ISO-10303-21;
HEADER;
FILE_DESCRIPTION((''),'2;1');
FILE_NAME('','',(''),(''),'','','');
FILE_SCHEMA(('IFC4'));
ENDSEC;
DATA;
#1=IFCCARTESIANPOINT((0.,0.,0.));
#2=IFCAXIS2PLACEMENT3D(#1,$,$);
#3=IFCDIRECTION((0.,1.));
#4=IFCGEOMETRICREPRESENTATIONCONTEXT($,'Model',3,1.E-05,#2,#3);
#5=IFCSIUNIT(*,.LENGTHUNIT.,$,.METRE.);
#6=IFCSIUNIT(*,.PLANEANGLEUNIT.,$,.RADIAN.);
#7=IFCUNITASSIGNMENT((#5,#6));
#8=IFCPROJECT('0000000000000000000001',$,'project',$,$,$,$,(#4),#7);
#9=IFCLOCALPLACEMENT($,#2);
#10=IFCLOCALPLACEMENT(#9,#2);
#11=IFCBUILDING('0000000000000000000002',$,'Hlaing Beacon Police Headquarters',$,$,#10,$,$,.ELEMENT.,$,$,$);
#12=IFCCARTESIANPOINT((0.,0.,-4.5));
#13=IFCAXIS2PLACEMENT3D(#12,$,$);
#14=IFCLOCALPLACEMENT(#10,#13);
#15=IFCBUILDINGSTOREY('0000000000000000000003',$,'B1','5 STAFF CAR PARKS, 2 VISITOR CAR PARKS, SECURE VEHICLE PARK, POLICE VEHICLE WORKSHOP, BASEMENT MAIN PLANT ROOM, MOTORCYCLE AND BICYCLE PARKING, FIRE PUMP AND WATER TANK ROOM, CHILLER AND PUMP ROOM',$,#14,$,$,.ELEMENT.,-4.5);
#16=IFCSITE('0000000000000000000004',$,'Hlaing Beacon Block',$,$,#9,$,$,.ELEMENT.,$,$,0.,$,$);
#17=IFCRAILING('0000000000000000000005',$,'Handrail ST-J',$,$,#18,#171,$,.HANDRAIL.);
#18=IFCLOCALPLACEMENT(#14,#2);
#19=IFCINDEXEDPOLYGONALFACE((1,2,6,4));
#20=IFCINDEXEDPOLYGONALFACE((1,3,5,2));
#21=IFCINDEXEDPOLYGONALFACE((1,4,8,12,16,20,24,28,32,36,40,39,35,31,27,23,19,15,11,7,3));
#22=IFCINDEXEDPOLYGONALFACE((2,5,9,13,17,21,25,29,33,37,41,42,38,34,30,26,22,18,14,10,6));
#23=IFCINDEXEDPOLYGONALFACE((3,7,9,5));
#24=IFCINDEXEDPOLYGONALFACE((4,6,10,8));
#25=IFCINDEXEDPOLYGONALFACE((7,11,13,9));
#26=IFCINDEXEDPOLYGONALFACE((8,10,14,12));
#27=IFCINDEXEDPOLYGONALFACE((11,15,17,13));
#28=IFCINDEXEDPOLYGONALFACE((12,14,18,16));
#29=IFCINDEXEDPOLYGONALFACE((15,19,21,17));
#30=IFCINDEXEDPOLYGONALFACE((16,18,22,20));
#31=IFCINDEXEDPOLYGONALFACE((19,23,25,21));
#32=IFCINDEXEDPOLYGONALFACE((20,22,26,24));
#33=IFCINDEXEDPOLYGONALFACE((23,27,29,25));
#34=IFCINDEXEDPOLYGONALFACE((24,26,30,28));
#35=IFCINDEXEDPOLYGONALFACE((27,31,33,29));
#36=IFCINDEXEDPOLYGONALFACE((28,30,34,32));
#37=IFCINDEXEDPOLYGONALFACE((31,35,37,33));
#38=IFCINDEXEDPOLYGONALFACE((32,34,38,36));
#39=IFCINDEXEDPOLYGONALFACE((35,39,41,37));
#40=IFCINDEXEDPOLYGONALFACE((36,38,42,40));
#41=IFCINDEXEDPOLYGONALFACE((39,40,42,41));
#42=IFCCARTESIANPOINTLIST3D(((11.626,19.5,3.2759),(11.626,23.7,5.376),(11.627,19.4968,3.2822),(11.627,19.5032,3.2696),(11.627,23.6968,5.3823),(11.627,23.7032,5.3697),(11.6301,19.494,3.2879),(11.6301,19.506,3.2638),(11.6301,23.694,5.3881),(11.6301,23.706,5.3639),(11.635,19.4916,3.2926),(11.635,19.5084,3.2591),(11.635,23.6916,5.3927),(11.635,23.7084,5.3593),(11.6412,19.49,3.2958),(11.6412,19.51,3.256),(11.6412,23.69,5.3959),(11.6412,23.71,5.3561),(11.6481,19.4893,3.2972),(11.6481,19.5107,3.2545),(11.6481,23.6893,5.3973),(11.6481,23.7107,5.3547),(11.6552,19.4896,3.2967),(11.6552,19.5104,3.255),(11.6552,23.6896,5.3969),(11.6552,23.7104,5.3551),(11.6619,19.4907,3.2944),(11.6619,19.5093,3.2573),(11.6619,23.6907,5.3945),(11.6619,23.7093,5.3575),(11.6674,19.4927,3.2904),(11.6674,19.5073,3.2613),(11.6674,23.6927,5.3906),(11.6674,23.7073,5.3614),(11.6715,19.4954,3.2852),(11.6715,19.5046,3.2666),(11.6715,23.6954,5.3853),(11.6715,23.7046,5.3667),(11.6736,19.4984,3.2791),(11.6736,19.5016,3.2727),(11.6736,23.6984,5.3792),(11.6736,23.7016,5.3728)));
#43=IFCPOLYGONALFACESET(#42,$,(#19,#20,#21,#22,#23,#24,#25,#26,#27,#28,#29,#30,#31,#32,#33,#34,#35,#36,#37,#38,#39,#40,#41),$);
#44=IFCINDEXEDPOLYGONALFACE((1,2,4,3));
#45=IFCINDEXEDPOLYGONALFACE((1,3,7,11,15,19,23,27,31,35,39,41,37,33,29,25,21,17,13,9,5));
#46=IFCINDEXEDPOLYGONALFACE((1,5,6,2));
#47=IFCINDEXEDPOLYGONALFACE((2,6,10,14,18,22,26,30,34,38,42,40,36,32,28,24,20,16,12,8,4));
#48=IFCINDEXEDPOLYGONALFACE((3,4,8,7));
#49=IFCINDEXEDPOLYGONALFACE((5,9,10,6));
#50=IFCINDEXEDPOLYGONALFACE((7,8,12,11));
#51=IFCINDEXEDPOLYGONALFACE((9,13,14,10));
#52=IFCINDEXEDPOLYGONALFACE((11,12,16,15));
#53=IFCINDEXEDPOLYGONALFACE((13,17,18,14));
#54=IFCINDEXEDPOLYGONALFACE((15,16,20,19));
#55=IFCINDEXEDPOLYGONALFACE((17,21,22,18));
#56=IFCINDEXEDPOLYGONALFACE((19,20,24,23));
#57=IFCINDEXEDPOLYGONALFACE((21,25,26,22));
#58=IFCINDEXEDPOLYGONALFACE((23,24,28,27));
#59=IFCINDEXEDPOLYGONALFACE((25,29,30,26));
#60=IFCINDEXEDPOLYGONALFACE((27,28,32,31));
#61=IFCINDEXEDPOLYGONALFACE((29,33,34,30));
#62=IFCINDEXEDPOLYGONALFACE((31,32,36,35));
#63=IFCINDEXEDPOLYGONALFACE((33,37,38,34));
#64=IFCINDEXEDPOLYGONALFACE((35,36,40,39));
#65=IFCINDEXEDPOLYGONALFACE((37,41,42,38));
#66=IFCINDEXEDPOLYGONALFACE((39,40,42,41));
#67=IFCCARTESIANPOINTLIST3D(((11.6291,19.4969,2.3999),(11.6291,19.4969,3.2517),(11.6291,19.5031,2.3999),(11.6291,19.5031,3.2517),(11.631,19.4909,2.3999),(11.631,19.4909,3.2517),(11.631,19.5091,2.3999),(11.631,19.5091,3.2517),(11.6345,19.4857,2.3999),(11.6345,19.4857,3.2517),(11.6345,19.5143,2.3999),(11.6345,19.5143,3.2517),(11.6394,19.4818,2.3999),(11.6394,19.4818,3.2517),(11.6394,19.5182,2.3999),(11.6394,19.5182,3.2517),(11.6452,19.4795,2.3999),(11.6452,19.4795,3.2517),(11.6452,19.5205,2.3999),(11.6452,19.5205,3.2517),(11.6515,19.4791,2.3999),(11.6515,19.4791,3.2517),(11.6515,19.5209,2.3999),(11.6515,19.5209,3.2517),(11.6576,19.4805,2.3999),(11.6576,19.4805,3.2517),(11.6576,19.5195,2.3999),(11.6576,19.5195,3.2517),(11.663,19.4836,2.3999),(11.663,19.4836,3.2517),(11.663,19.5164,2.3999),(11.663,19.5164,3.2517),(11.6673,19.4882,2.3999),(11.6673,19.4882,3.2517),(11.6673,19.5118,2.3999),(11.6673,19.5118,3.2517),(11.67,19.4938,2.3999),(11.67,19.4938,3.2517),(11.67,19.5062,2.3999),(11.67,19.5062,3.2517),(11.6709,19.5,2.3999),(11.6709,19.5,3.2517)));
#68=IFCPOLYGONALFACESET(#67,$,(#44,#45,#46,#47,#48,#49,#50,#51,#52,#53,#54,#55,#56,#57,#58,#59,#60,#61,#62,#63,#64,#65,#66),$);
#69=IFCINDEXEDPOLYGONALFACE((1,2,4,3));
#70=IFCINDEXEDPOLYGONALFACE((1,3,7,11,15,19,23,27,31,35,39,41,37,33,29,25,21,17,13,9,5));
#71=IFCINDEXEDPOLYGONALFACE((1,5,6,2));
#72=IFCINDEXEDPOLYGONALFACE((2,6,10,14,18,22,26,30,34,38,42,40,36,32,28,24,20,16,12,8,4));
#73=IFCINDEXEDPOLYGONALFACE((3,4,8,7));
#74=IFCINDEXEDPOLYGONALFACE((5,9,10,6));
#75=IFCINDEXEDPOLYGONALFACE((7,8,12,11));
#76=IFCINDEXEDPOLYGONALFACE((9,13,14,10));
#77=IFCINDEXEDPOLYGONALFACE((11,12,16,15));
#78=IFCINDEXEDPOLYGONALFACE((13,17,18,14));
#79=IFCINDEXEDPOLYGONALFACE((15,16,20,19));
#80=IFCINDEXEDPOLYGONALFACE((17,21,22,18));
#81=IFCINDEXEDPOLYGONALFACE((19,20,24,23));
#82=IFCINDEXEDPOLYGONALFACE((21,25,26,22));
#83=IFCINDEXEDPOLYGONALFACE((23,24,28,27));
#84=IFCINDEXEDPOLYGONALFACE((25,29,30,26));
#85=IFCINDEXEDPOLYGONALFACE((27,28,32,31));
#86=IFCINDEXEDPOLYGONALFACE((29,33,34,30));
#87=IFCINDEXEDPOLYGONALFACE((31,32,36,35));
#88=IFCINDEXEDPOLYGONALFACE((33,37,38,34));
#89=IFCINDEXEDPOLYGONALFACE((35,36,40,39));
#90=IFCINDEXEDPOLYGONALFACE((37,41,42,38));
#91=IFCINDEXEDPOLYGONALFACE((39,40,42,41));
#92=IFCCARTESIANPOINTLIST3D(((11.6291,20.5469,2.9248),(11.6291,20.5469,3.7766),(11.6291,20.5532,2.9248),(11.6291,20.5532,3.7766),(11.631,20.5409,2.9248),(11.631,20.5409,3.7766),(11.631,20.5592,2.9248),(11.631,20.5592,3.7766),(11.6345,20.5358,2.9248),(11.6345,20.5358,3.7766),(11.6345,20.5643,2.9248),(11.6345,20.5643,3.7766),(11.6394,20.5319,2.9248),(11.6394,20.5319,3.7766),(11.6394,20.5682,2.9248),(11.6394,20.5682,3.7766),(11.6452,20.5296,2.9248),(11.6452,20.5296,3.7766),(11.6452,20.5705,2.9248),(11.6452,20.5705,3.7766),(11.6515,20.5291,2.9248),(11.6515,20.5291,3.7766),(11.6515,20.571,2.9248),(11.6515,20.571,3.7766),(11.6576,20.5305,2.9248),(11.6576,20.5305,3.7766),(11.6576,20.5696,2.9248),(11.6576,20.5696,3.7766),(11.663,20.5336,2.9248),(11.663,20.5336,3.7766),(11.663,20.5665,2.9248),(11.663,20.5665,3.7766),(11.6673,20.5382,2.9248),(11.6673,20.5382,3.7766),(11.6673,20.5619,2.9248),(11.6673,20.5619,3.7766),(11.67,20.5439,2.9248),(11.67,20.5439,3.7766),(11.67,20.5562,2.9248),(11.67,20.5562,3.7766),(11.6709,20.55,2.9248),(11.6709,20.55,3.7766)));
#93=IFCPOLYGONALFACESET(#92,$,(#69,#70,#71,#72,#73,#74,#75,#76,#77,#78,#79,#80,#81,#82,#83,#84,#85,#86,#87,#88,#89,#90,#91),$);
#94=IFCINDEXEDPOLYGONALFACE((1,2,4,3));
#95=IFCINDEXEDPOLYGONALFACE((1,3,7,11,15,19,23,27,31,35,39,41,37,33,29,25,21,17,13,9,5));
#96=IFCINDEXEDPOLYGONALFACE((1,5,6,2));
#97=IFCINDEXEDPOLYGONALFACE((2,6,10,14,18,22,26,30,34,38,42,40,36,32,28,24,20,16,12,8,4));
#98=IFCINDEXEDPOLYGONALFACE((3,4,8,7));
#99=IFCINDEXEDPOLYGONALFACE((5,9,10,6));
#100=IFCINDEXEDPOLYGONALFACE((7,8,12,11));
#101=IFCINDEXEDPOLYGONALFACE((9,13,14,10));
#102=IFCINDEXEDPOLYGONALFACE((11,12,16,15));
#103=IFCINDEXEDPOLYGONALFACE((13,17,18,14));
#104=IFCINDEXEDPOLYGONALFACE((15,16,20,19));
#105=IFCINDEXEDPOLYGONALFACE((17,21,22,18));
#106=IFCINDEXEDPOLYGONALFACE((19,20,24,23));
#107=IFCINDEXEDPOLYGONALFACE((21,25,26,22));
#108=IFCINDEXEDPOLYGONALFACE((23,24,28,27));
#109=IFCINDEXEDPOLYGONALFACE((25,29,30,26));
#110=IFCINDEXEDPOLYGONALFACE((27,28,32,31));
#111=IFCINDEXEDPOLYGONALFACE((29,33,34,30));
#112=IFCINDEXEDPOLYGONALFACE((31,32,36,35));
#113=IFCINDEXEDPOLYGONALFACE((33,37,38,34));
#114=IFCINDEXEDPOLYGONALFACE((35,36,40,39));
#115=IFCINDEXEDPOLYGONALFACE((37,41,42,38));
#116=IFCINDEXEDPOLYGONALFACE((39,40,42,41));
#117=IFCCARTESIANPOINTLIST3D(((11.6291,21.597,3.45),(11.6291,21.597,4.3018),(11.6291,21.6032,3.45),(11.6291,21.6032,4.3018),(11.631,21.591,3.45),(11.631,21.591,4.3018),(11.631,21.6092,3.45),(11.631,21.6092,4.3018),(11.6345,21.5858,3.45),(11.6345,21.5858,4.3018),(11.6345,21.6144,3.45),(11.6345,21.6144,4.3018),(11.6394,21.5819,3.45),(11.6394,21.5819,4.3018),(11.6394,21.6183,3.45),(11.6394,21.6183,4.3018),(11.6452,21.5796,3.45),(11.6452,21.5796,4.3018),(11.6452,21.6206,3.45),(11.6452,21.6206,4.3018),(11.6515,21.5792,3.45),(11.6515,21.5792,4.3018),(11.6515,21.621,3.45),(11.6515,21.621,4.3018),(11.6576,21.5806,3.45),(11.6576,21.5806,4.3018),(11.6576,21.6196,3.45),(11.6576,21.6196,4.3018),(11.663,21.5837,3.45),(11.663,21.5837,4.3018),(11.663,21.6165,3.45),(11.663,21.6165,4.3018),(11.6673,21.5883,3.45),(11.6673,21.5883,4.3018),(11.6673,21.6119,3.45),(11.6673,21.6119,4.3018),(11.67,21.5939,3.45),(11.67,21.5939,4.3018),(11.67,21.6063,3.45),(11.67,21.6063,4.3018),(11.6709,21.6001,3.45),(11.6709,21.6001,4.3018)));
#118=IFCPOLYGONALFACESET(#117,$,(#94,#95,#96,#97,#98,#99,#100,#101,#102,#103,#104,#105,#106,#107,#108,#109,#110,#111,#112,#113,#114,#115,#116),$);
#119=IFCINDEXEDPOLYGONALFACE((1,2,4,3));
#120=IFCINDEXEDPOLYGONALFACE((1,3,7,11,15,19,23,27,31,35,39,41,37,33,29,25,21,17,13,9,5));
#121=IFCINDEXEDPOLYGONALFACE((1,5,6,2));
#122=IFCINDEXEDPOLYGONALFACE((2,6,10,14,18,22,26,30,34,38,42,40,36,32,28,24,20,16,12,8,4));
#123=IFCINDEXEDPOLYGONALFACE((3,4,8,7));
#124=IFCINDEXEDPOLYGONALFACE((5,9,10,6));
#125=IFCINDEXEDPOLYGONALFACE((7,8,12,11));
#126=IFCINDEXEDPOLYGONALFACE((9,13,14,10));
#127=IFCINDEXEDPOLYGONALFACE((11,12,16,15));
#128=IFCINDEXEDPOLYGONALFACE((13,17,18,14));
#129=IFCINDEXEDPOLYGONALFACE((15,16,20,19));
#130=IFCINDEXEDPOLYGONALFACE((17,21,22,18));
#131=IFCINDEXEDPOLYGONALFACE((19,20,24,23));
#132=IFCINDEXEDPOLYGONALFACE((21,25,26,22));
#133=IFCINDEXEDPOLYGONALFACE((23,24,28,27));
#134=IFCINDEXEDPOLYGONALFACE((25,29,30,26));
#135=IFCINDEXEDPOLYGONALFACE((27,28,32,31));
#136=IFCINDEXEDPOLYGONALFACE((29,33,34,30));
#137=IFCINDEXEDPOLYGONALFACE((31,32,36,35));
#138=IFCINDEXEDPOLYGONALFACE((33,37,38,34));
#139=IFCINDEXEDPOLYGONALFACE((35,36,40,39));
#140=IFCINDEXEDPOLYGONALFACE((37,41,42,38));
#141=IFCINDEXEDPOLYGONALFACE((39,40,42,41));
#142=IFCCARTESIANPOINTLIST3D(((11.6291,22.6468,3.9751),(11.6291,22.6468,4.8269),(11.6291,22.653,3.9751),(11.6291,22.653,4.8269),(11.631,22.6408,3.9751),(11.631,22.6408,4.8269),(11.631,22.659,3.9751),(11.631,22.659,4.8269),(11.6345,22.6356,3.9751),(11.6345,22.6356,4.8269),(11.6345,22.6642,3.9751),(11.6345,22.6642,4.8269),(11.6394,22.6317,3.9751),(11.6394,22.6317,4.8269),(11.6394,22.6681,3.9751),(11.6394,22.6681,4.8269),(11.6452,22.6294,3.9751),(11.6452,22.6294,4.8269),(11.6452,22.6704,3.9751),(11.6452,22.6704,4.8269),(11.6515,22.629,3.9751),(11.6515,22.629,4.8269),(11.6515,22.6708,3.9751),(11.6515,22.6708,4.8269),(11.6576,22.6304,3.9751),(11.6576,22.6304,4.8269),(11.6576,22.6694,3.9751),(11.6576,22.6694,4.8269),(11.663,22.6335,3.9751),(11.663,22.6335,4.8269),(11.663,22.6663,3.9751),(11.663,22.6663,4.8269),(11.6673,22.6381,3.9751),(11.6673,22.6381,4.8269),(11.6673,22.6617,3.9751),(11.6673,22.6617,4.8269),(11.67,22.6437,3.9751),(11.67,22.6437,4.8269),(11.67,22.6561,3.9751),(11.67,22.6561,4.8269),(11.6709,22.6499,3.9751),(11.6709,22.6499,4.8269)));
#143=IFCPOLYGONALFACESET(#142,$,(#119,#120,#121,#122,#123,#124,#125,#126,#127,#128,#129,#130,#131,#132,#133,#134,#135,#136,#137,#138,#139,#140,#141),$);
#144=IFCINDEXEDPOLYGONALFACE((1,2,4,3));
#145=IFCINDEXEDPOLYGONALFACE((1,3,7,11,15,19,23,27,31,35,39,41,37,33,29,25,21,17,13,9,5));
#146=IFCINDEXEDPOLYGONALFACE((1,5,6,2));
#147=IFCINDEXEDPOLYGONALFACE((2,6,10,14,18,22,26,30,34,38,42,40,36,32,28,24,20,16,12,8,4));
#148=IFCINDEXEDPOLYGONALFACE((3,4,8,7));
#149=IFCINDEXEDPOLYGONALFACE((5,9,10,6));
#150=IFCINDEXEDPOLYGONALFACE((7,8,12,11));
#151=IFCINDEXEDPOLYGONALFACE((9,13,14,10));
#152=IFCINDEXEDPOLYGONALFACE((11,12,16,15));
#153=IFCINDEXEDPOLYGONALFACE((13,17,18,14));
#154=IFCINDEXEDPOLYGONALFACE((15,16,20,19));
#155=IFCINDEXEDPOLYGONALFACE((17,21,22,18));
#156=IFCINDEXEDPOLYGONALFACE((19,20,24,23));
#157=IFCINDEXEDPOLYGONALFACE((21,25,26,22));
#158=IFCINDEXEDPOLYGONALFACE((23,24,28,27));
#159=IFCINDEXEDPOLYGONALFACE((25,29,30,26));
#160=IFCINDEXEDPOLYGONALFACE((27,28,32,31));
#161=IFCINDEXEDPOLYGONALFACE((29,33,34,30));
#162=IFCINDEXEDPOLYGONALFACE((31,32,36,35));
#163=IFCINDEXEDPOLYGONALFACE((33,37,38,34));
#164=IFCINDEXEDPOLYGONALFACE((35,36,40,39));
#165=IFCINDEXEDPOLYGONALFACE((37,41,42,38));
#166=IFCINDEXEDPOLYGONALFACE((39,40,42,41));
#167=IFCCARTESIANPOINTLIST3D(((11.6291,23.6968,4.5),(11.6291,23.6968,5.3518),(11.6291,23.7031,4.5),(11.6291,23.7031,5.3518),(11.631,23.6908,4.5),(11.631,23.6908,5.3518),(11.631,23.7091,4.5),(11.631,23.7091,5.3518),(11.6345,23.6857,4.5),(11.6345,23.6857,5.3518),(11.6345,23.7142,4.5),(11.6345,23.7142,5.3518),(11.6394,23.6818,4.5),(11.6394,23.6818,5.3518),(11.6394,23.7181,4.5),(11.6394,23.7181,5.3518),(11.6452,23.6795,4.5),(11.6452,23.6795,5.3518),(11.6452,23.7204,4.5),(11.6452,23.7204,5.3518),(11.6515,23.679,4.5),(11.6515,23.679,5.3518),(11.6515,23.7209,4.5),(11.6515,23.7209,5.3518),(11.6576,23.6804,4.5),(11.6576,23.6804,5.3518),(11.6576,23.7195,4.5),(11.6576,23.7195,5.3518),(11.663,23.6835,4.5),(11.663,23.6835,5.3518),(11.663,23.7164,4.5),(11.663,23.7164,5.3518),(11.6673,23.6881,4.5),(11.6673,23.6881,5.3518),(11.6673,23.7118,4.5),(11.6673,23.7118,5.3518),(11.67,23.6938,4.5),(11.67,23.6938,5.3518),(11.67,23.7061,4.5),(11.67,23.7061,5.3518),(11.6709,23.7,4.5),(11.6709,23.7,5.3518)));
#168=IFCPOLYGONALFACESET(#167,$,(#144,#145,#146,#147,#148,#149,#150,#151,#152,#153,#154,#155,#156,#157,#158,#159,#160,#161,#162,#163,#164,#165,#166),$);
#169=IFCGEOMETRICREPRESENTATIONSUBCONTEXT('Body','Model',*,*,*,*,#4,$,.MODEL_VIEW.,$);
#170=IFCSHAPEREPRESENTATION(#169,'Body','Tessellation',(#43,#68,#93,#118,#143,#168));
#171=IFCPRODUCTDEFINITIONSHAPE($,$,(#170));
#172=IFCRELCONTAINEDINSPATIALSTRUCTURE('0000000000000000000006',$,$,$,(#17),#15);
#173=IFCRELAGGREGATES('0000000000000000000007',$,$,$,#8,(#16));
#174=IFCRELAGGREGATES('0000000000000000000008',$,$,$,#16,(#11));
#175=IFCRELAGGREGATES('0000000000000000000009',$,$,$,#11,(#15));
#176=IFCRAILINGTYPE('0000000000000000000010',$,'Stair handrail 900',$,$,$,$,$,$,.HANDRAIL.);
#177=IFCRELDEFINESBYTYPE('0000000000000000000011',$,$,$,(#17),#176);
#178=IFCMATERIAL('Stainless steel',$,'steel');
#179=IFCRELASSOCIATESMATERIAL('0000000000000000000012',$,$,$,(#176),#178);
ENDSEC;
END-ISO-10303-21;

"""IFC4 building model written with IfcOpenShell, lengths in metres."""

from ifc_helpers import new_model, si_unit, direction, frame, origin, origin_2d, place, context, subcontext, project, spatial, circle, extrude, material, type_object, element, save


model = new_model("IFC4")

# Units and contexts
model_context = context("Model", 3, precision=1e-05, world=origin(), true_north=direction((0.0, 1.0)))
body_context = subcontext(model_context, "Body", "Model", "MODEL_VIEW")
ifc_project = project(units=[si_unit("LENGTHUNIT", "METRE"), si_unit("PLANEANGLEUNIT", "RADIAN")], contexts=[model_context])

# Site, building, storey
site_placement = place(None, origin())
site = spatial("IfcSite", under=ifc_project, at=site_placement, Name="Hlaing Beacon Block", CompositionType="ELEMENT", RefElevation=0.0)
building_placement = place(site_placement, origin())
building = spatial("IfcBuilding", under=site, at=building_placement, Name="Hlaing Beacon Police Headquarters", CompositionType="ELEMENT")
storey_placement = place(building_placement, frame((0.0, 0.0, -4.5)))
storey = spatial("IfcBuildingStorey", under=building, at=storey_placement, Name="B1", Description="5 STAFF CAR PARKS, 2 VISITOR CAR PARKS, SECURE VEHICLE PARK, POLICE VEHICLE WORKSHOP, BASEMENT MAIN PLANT ROOM, MOTORCYCLE AND BICYCLE PARKING, FIRE PUMP AND WATER TANK ROOM, CHILLER AND PUMP ROOM", CompositionType="ELEMENT", Elevation=-4.5)

# Railing
ifc_material_1 = material(Name="Stainless steel", Category="steel")
railing_type = type_object("IfcRailingType", Name="Stair handrail 900", PredefinedType="HANDRAIL", material=ifc_material_1)
for number, where, name in (
    (1, (11.6499, 19.5, 2.3999), "Handrail ST-J"),
):
    element("IfcRailing", number, at=place(storey_placement, frame(where)), inside=storey, type_object=railing_type, Name=name, PredefinedType="HANDRAIL", context=body_context, shape_type="SweptSolid", body=[
        extrude(circle(Radius=0.0239, at=origin_2d()), frame((0.0, 0.0, 0.876), z_axis=(0.0, 0.894417, 0.447234), x_axis=(-1.0, 0.0, 0.0)), (0.0, 0.0, 1.0), 4.6958),
        extrude(circle(Radius=0.021, at=origin_2d()), origin(), (0.0, 0.0, 1.0), 0.8518),
        extrude(circle(Radius=0.021, at=origin_2d()), frame((0.0, 1.05, 0.5249)), (0.0, 0.0, 1.0), 0.8518),
        extrude(circle(Radius=0.021, at=origin_2d()), frame((0.0, 2.1001, 1.05)), (0.0, 0.0, 1.0), 0.8518),
        extrude(circle(Radius=0.021, at=origin_2d()), frame((0.0, 3.1499, 1.5752)), (0.0, 0.0, 1.0), 0.8518),
        extrude(circle(Radius=0.021, at=origin_2d()), frame((0.0, 4.2, 2.1001)), (0.0, 0.0, 1.0), 0.8518),
    ])

save(model, "model.ifc")
